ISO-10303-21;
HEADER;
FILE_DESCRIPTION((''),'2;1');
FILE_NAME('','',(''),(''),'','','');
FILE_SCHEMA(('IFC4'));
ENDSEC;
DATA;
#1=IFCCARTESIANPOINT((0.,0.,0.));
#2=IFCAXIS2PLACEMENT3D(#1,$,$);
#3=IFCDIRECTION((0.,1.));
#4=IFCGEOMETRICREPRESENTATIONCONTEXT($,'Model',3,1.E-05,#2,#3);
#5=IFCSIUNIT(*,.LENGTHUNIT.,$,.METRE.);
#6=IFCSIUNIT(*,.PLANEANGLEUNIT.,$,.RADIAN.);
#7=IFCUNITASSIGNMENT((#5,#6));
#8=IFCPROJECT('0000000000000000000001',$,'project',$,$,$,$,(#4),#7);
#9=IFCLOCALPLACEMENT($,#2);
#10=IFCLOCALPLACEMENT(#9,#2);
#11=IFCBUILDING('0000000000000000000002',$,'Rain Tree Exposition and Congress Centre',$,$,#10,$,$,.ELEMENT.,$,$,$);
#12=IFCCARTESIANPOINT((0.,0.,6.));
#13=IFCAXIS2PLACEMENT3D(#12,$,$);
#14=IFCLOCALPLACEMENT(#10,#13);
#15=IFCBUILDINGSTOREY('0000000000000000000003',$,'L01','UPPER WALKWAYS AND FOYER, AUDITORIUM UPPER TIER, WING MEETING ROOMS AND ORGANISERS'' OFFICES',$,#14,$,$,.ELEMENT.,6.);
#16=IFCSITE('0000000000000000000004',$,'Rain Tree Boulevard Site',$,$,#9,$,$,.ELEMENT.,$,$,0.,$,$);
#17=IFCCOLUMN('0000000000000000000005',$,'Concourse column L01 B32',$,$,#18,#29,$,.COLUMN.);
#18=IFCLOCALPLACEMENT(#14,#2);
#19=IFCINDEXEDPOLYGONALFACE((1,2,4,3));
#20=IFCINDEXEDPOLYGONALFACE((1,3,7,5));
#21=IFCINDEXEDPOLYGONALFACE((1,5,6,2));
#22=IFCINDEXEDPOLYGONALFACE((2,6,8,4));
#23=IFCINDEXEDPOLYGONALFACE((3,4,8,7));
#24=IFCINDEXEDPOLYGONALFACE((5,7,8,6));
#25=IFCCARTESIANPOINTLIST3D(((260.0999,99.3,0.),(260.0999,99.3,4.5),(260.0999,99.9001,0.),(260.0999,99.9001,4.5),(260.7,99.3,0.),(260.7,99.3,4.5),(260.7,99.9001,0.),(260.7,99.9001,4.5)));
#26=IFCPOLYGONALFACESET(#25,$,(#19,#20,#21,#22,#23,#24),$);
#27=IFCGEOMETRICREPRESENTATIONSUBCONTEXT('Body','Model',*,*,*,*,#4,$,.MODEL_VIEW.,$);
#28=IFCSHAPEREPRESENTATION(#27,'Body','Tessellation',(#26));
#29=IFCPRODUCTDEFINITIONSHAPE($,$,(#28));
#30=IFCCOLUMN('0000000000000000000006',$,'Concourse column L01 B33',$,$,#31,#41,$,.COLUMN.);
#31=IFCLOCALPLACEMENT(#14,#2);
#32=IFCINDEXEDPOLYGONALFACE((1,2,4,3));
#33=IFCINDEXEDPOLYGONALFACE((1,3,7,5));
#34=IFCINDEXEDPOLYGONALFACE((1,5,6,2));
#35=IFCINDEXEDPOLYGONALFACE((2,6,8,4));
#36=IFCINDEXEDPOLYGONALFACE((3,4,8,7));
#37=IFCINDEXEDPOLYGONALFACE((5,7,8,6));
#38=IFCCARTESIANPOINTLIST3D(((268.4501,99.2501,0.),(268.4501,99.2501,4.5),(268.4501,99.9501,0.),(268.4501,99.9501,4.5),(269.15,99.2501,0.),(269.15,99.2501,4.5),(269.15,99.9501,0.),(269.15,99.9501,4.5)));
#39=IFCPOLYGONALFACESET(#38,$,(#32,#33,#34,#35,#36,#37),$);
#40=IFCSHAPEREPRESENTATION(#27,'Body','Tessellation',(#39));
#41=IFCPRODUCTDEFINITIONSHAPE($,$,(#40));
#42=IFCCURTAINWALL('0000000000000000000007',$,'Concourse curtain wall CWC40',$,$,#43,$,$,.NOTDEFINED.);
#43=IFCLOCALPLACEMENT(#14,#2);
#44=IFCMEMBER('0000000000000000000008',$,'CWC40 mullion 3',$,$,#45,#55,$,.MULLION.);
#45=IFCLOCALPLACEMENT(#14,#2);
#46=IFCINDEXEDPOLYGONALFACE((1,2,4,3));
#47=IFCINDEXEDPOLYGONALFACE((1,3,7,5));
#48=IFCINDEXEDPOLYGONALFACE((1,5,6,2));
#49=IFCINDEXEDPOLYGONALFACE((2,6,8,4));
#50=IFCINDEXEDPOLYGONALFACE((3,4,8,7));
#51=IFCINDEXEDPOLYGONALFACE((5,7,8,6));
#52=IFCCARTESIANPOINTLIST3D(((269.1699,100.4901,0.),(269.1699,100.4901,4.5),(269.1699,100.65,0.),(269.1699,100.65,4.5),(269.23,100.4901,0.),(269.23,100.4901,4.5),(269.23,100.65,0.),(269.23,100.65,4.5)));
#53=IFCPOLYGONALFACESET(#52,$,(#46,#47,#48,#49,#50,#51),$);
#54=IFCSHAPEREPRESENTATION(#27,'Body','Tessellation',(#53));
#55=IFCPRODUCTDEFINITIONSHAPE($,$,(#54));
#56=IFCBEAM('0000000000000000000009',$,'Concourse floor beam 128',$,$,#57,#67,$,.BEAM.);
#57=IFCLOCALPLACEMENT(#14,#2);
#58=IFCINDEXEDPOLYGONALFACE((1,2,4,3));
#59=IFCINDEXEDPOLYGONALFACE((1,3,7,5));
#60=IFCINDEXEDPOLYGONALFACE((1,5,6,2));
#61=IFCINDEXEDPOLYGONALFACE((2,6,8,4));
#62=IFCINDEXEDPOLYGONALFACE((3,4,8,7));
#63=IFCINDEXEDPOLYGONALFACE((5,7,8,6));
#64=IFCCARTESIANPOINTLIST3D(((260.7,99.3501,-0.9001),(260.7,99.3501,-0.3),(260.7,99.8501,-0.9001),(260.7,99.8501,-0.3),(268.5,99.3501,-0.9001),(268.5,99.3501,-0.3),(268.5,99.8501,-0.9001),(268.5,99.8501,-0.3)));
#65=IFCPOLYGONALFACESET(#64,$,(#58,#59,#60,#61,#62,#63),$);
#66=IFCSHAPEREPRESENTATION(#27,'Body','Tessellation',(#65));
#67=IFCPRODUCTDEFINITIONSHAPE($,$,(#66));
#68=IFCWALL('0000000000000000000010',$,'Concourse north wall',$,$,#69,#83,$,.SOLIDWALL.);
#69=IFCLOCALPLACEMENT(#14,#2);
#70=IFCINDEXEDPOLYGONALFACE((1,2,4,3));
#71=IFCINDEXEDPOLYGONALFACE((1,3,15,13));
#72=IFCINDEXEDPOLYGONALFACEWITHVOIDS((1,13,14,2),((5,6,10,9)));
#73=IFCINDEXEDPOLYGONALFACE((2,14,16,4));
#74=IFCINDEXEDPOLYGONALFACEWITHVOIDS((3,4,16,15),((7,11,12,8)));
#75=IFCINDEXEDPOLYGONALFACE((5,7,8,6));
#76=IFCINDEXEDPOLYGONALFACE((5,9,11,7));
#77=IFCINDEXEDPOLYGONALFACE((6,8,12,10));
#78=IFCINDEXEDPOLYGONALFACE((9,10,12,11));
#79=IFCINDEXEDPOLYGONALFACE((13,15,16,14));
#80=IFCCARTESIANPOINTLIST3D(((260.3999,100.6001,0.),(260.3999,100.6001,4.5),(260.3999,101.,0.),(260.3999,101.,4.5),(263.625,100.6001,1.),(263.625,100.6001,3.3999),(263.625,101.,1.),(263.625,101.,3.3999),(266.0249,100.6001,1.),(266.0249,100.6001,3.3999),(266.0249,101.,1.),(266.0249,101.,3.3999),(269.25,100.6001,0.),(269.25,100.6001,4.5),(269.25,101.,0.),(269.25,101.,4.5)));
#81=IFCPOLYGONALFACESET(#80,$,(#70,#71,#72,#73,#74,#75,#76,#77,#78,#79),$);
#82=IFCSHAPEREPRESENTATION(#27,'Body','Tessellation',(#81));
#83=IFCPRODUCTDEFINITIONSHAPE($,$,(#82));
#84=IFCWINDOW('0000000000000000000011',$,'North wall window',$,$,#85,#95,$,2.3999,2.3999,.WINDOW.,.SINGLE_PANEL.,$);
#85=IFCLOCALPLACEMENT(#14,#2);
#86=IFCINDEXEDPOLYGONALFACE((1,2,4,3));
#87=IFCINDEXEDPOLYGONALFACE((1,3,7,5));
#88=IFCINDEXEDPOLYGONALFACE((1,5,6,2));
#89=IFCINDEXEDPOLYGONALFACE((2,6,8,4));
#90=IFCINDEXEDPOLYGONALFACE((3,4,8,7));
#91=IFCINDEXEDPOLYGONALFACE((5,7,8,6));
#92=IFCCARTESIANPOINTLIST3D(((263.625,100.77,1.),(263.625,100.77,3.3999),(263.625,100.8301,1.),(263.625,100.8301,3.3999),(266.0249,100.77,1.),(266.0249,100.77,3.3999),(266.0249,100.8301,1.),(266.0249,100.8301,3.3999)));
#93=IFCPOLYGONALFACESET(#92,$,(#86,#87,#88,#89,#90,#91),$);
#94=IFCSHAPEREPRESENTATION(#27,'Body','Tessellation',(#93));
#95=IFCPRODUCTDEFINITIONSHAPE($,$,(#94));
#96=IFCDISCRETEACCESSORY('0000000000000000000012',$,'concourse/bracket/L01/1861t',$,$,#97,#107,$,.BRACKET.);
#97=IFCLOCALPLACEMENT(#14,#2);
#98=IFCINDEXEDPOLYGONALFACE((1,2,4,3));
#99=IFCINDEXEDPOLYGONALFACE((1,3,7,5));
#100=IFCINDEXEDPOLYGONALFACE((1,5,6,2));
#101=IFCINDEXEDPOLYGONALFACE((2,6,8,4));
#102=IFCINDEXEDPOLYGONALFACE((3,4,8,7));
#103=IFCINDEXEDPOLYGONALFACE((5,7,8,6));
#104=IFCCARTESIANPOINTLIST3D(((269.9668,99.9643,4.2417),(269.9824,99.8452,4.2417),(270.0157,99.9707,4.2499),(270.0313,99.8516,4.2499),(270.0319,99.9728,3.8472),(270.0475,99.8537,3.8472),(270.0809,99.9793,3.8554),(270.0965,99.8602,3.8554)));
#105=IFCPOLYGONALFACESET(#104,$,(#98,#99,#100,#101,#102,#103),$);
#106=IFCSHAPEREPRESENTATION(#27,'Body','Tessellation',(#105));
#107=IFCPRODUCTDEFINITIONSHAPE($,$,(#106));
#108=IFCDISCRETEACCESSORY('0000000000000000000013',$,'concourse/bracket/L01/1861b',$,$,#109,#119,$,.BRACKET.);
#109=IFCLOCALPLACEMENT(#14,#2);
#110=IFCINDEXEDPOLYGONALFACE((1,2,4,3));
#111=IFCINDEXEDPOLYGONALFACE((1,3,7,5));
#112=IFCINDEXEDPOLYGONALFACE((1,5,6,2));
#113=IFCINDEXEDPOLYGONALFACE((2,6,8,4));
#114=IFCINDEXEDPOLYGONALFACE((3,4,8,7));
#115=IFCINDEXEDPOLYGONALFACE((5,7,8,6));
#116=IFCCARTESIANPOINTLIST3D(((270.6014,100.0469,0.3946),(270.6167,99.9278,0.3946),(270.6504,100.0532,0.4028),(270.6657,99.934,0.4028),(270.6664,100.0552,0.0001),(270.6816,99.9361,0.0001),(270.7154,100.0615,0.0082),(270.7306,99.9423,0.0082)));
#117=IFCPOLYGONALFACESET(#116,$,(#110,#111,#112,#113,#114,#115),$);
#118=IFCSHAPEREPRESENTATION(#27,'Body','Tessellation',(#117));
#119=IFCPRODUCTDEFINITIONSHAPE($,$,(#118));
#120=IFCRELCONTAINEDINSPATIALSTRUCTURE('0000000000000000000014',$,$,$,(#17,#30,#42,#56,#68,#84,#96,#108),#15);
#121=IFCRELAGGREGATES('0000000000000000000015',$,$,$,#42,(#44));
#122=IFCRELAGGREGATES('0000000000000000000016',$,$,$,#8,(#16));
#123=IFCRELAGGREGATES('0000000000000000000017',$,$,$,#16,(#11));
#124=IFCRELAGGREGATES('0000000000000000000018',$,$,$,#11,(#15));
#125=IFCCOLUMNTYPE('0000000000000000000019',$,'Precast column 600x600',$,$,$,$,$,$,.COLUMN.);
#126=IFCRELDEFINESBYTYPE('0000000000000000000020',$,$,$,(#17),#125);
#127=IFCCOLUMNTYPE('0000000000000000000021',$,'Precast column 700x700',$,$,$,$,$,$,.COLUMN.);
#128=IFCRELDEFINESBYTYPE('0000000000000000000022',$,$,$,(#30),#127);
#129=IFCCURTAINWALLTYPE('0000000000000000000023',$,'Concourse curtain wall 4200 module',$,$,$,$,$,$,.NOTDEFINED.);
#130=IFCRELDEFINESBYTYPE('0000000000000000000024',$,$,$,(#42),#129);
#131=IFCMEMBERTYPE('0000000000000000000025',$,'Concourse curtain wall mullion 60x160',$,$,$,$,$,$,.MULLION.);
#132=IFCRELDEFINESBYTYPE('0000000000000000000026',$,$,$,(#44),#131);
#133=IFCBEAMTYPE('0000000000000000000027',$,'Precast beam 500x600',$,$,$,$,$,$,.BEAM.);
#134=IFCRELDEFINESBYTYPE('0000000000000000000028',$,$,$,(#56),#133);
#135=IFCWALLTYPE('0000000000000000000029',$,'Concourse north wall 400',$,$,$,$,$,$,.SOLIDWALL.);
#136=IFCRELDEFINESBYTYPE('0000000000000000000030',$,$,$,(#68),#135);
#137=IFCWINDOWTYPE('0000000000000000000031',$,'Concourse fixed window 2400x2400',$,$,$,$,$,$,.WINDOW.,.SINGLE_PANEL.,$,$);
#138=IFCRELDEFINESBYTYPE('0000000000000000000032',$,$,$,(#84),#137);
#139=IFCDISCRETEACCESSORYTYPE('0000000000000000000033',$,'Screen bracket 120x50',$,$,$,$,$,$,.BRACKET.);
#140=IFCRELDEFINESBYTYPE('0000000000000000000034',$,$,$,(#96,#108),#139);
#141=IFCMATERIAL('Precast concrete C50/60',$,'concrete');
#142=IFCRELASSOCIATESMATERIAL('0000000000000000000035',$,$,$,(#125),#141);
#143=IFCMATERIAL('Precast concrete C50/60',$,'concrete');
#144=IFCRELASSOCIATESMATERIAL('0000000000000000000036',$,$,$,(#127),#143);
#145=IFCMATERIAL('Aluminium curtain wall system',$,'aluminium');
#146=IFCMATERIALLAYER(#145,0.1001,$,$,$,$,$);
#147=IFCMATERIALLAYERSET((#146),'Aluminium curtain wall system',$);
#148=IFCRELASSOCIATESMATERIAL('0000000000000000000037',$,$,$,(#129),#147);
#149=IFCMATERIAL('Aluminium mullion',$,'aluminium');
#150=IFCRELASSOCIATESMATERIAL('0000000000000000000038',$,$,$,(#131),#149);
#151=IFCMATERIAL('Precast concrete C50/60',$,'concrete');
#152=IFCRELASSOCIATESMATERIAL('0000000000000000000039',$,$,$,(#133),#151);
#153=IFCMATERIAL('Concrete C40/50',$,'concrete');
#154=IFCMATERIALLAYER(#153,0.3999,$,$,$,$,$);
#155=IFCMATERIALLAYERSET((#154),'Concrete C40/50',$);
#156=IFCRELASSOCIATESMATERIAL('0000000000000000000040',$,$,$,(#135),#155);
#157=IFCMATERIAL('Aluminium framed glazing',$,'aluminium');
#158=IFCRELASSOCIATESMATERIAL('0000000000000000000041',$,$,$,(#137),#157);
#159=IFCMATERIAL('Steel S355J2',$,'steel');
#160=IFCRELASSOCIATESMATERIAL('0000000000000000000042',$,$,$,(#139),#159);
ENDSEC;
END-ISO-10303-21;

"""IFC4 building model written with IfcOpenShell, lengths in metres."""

from ifc_helpers import new_model, si_unit, direction, frame, frame_2d, origin, origin_2d, place, context, subcontext, project, spatial, rectangle, extrude, material, layer, layer_set, material_profile, profile_set, type_object, element, fill, aggregate, save


model = new_model("IFC4")

# Units and contexts
model_context = context("Model", 3, precision=1e-05, world=origin(), true_north=direction((0.0, 1.0)))
body_context = subcontext(model_context, "Body", "Model", "MODEL_VIEW")
ifc_project = project(units=[si_unit("LENGTHUNIT", "METRE"), si_unit("PLANEANGLEUNIT", "RADIAN")], contexts=[model_context])

# Site, building, storey
site_placement = place(None, origin())
site = spatial("IfcSite", under=ifc_project, at=site_placement, Name="Rain Tree Boulevard Site", CompositionType="ELEMENT", RefElevation=0.0)
building_placement = place(site_placement, origin())
building = spatial("IfcBuilding", under=site, at=building_placement, Name="Rain Tree Exposition and Congress Centre", CompositionType="ELEMENT")
storey_placement = place(building_placement, frame((0.0, 0.0, 6.0)))
storey = spatial("IfcBuildingStorey", under=building, at=storey_placement, Name="L01", Description="UPPER WALKWAYS AND FOYER, AUDITORIUM UPPER TIER, WING MEETING ROOMS AND ORGANISERS' OFFICES", CompositionType="ELEMENT", Elevation=6.0)

# Columns
ifc_material_1 = material(Name="Precast concrete C50/60", Category="concrete")
ifc_material_profile_1 = material_profile(ifc_material_1, rectangle(XDim=0.6001, YDim=0.6001, at=origin_2d()), Name="RC 600x600")
ifc_profile_set_1 = profile_set([ifc_material_profile_1], Name="Precast concrete C50/60")
column_type_1 = type_object("IfcColumnType", Name="Precast column 600x600", PredefinedType="COLUMN", material=ifc_profile_set_1)
column_1_placement = place(storey_placement, frame((260.3999, 99.6001, 0.0), z_axis=(0.0, 0.0, 1.0), x_axis=(1.0, 0.0, 0.0)))
element("IfcColumn", 1, at=column_1_placement, inside=storey, type_object=column_type_1, Name="Concourse column L01 B32", PredefinedType="COLUMN", context=body_context, shape_type="SweptSolid", body=[
    extrude(rectangle(XDim=0.6001, YDim=0.6001, at=origin_2d()), origin(), (0.0, 0.0, 1.0), 4.5),
])
ifc_material_2 = material(Name="Precast concrete C50/60", Category="concrete")
ifc_material_profile_2 = material_profile(ifc_material_2, rectangle(XDim=0.7, YDim=0.7, at=origin_2d()), Name="RC 700x700")
ifc_profile_set_2 = profile_set([ifc_material_profile_2], Name="Precast concrete C50/60")
column_type_2 = type_object("IfcColumnType", Name="Precast column 700x700", PredefinedType="COLUMN", material=ifc_profile_set_2)
column_2_placement = place(storey_placement, frame((268.8, 99.6001, 0.0), z_axis=(0.0, 0.0, 1.0), x_axis=(1.0, 0.0, 0.0)))
element("IfcColumn", 2, at=column_2_placement, inside=storey, type_object=column_type_2, Name="Concourse column L01 B33", PredefinedType="COLUMN", context=body_context, shape_type="SweptSolid", body=[
    extrude(rectangle(XDim=0.7, YDim=0.7, at=origin_2d()), origin(), (0.0, 0.0, 1.0), 4.5),
])

# Curtain wall, member
ifc_material_3 = material(Name="Aluminium curtain wall system", Category="aluminium")
ifc_layer_1 = layer(ifc_material_3, 0.1001)
ifc_layer_set_1 = layer_set([ifc_layer_1], Name="Aluminium curtain wall system")
curtain_wall_type = type_object("IfcCurtainWallType", Name="Concourse curtain wall 4200 module", PredefinedType="NOTDEFINED", material=ifc_layer_set_1)
curtain_wall_placement = place(storey_placement, origin())
curtain_wall = element("IfcCurtainWall", 3, at=curtain_wall_placement, inside=storey, type_object=curtain_wall_type, Name="Concourse curtain wall CWC40", PredefinedType="NOTDEFINED")
ifc_material_4 = material(Name="Aluminium mullion", Category="aluminium")
ifc_material_profile_3 = material_profile(ifc_material_4, rectangle(XDim=0.0601, YDim=0.1599, at=origin_2d()), Name="AL 60x160")
ifc_profile_set_3 = profile_set([ifc_material_profile_3], Name="Aluminium mullion")
member_type = type_object("IfcMemberType", Name="Concourse curtain wall mullion 60x160", PredefinedType="MULLION", material=ifc_profile_set_3)
member_placement = place(storey_placement, frame((269.2, 100.5701, 0.0), z_axis=(0.0, 0.0, 1.0), x_axis=(-1.0, 0.0, 0.0)))
member = element("IfcMember", 4, at=member_placement, type_object=member_type, Name="CWC40 mullion 3", PredefinedType="MULLION", context=body_context, shape_type="SweptSolid", body=[
    extrude(rectangle(XDim=0.0601, YDim=0.1599, at=origin_2d()), origin(), (0.0, 0.0, 1.0), 4.5),
])
aggregate(curtain_wall, [member])

# Beam
ifc_material_5 = material(Name="Precast concrete C50/60", Category="concrete")
ifc_material_profile_4 = material_profile(ifc_material_5, rectangle(XDim=0.5, YDim=0.6001, at=origin_2d()), Name="RC 500x600")
ifc_profile_set_4 = profile_set([ifc_material_profile_4], Name="Precast concrete C50/60")
beam_type = type_object("IfcBeamType", Name="Precast beam 500x600", PredefinedType="BEAM", material=ifc_profile_set_4)
beam_placement = place(storey_placement, frame((260.7, 99.6001, -0.6001), z_axis=(1.0, 0.0, 0.0), x_axis=(0.0, 1.0, 0.0)))
element("IfcBeam", 5, at=beam_placement, inside=storey, type_object=beam_type, Name="Concourse floor beam 128", PredefinedType="BEAM", context=body_context, shape_type="SweptSolid", body=[
    extrude(rectangle(XDim=0.5, YDim=0.6001, at=origin_2d()), origin(), (0.0, 0.0, 1.0), 7.8),
])

# Wall, opening, window
ifc_material_6 = material(Name="Concrete C40/50", Category="concrete")
ifc_layer_2 = layer(ifc_material_6, 0.3999)
ifc_layer_set_2 = layer_set([ifc_layer_2], Name="Concrete C40/50")
wall_type_1 = type_object("IfcWallType", Name="Concourse north wall 400", PredefinedType="SOLIDWALL", material=ifc_layer_set_2)
wall_1_placement = place(storey_placement, frame((260.3999, 100.8, 0.0), z_axis=(0.0, 0.0, 1.0), x_axis=(1.0, 0.0, 0.0)))
wall_1 = element("IfcWall", 6, at=wall_1_placement, inside=storey, type_object=wall_type_1, Name="Concourse north wall", PredefinedType="SOLIDWALL", context=body_context, shape_type="SweptSolid", body=[
    extrude(rectangle(XDim=8.8501, YDim=0.3999, at=frame_2d((4.425, 0.0))), origin(), (0.0, 0.0, 1.0), 4.5),
])
opening_1_placement = place(wall_1_placement, frame((3.2251, 0.0, 1.0)))
opening_1 = element("IfcOpeningElement", 7, at=opening_1_placement, cuts=wall_1, PredefinedType="OPENING", context=body_context, shape_type="SweptSolid", body=[
    extrude(rectangle(XDim=2.3999, YDim=2.3999, at=frame_2d((1.2, 1.2))), frame((0.0, 0.2, 0.0), z_axis=(0.0, -1.0, 0.0), x_axis=(1.0, 0.0, 0.0)), (0.0, 0.0, 1.0), 0.3999),
])
ifc_material_7 = material(Name="Aluminium framed glazing", Category="aluminium")
window_type = type_object("IfcWindowType", Name="Concourse fixed window 2400x2400", PartitioningType="SINGLE_PANEL", PredefinedType="WINDOW", material=ifc_material_7)
window_placement = place(opening_1_placement, origin())
window = element("IfcWindow", 8, at=window_placement, inside=storey, type_object=window_type, Name="North wall window", OverallHeight=2.3999, OverallWidth=2.3999, PartitioningType="SINGLE_PANEL", PredefinedType="WINDOW", context=body_context, shape_type="SweptSolid", body=[
    extrude(rectangle(XDim=2.3999, YDim=2.3999, at=frame_2d((1.2, 1.2))), frame((0.0, 0.03, 0.0), z_axis=(0.0, -1.0, 0.0), x_axis=(1.0, 0.0, 0.0)), (0.0, 0.0, 1.0), 0.0601),
])
fill(opening_1, window)

# Discrete accessories
ifc_material_8 = material(Name="Steel S355J2", Category="steel")
ifc_material_profile_5 = material_profile(ifc_material_8, rectangle(XDim=0.1201, YDim=0.05, at=origin_2d()), Name="Flat bar 120x50")
ifc_profile_set_5 = profile_set([ifc_material_profile_5], Name="Steel S355J2")
discrete_accessory_type = type_object("IfcDiscreteAccessoryType", Name="Screen bracket 120x50", PredefinedType="BRACKET", material=ifc_profile_set_5)
for number, where, z_axis, x_axis, name in (
    (9, (270.0642, 99.9165, 3.8513), (-0.162976, -0.021364, 0.986399), (0.129974, -0.991517, 0.0), "concourse/bracket/L01/1861t"),
    (10, (270.6985, 99.9988, 0.0042), (-0.162383, -0.020756, 0.986509), (0.126788, -0.99193, 0.0), "concourse/bracket/L01/1861b"),
):
    element("IfcDiscreteAccessory", number, at=place(storey_placement, frame(where, z_axis=z_axis, x_axis=x_axis)), inside=storey, type_object=discrete_accessory_type, Name=name, PredefinedType="BRACKET", context=body_context, shape_type="SweptSolid", body=[
        extrude(rectangle(XDim=0.1201, YDim=0.05, at=origin_2d()), origin(), (0.0, 0.0, 1.0), 0.3999),
    ])

save(model, "model.ifc")
